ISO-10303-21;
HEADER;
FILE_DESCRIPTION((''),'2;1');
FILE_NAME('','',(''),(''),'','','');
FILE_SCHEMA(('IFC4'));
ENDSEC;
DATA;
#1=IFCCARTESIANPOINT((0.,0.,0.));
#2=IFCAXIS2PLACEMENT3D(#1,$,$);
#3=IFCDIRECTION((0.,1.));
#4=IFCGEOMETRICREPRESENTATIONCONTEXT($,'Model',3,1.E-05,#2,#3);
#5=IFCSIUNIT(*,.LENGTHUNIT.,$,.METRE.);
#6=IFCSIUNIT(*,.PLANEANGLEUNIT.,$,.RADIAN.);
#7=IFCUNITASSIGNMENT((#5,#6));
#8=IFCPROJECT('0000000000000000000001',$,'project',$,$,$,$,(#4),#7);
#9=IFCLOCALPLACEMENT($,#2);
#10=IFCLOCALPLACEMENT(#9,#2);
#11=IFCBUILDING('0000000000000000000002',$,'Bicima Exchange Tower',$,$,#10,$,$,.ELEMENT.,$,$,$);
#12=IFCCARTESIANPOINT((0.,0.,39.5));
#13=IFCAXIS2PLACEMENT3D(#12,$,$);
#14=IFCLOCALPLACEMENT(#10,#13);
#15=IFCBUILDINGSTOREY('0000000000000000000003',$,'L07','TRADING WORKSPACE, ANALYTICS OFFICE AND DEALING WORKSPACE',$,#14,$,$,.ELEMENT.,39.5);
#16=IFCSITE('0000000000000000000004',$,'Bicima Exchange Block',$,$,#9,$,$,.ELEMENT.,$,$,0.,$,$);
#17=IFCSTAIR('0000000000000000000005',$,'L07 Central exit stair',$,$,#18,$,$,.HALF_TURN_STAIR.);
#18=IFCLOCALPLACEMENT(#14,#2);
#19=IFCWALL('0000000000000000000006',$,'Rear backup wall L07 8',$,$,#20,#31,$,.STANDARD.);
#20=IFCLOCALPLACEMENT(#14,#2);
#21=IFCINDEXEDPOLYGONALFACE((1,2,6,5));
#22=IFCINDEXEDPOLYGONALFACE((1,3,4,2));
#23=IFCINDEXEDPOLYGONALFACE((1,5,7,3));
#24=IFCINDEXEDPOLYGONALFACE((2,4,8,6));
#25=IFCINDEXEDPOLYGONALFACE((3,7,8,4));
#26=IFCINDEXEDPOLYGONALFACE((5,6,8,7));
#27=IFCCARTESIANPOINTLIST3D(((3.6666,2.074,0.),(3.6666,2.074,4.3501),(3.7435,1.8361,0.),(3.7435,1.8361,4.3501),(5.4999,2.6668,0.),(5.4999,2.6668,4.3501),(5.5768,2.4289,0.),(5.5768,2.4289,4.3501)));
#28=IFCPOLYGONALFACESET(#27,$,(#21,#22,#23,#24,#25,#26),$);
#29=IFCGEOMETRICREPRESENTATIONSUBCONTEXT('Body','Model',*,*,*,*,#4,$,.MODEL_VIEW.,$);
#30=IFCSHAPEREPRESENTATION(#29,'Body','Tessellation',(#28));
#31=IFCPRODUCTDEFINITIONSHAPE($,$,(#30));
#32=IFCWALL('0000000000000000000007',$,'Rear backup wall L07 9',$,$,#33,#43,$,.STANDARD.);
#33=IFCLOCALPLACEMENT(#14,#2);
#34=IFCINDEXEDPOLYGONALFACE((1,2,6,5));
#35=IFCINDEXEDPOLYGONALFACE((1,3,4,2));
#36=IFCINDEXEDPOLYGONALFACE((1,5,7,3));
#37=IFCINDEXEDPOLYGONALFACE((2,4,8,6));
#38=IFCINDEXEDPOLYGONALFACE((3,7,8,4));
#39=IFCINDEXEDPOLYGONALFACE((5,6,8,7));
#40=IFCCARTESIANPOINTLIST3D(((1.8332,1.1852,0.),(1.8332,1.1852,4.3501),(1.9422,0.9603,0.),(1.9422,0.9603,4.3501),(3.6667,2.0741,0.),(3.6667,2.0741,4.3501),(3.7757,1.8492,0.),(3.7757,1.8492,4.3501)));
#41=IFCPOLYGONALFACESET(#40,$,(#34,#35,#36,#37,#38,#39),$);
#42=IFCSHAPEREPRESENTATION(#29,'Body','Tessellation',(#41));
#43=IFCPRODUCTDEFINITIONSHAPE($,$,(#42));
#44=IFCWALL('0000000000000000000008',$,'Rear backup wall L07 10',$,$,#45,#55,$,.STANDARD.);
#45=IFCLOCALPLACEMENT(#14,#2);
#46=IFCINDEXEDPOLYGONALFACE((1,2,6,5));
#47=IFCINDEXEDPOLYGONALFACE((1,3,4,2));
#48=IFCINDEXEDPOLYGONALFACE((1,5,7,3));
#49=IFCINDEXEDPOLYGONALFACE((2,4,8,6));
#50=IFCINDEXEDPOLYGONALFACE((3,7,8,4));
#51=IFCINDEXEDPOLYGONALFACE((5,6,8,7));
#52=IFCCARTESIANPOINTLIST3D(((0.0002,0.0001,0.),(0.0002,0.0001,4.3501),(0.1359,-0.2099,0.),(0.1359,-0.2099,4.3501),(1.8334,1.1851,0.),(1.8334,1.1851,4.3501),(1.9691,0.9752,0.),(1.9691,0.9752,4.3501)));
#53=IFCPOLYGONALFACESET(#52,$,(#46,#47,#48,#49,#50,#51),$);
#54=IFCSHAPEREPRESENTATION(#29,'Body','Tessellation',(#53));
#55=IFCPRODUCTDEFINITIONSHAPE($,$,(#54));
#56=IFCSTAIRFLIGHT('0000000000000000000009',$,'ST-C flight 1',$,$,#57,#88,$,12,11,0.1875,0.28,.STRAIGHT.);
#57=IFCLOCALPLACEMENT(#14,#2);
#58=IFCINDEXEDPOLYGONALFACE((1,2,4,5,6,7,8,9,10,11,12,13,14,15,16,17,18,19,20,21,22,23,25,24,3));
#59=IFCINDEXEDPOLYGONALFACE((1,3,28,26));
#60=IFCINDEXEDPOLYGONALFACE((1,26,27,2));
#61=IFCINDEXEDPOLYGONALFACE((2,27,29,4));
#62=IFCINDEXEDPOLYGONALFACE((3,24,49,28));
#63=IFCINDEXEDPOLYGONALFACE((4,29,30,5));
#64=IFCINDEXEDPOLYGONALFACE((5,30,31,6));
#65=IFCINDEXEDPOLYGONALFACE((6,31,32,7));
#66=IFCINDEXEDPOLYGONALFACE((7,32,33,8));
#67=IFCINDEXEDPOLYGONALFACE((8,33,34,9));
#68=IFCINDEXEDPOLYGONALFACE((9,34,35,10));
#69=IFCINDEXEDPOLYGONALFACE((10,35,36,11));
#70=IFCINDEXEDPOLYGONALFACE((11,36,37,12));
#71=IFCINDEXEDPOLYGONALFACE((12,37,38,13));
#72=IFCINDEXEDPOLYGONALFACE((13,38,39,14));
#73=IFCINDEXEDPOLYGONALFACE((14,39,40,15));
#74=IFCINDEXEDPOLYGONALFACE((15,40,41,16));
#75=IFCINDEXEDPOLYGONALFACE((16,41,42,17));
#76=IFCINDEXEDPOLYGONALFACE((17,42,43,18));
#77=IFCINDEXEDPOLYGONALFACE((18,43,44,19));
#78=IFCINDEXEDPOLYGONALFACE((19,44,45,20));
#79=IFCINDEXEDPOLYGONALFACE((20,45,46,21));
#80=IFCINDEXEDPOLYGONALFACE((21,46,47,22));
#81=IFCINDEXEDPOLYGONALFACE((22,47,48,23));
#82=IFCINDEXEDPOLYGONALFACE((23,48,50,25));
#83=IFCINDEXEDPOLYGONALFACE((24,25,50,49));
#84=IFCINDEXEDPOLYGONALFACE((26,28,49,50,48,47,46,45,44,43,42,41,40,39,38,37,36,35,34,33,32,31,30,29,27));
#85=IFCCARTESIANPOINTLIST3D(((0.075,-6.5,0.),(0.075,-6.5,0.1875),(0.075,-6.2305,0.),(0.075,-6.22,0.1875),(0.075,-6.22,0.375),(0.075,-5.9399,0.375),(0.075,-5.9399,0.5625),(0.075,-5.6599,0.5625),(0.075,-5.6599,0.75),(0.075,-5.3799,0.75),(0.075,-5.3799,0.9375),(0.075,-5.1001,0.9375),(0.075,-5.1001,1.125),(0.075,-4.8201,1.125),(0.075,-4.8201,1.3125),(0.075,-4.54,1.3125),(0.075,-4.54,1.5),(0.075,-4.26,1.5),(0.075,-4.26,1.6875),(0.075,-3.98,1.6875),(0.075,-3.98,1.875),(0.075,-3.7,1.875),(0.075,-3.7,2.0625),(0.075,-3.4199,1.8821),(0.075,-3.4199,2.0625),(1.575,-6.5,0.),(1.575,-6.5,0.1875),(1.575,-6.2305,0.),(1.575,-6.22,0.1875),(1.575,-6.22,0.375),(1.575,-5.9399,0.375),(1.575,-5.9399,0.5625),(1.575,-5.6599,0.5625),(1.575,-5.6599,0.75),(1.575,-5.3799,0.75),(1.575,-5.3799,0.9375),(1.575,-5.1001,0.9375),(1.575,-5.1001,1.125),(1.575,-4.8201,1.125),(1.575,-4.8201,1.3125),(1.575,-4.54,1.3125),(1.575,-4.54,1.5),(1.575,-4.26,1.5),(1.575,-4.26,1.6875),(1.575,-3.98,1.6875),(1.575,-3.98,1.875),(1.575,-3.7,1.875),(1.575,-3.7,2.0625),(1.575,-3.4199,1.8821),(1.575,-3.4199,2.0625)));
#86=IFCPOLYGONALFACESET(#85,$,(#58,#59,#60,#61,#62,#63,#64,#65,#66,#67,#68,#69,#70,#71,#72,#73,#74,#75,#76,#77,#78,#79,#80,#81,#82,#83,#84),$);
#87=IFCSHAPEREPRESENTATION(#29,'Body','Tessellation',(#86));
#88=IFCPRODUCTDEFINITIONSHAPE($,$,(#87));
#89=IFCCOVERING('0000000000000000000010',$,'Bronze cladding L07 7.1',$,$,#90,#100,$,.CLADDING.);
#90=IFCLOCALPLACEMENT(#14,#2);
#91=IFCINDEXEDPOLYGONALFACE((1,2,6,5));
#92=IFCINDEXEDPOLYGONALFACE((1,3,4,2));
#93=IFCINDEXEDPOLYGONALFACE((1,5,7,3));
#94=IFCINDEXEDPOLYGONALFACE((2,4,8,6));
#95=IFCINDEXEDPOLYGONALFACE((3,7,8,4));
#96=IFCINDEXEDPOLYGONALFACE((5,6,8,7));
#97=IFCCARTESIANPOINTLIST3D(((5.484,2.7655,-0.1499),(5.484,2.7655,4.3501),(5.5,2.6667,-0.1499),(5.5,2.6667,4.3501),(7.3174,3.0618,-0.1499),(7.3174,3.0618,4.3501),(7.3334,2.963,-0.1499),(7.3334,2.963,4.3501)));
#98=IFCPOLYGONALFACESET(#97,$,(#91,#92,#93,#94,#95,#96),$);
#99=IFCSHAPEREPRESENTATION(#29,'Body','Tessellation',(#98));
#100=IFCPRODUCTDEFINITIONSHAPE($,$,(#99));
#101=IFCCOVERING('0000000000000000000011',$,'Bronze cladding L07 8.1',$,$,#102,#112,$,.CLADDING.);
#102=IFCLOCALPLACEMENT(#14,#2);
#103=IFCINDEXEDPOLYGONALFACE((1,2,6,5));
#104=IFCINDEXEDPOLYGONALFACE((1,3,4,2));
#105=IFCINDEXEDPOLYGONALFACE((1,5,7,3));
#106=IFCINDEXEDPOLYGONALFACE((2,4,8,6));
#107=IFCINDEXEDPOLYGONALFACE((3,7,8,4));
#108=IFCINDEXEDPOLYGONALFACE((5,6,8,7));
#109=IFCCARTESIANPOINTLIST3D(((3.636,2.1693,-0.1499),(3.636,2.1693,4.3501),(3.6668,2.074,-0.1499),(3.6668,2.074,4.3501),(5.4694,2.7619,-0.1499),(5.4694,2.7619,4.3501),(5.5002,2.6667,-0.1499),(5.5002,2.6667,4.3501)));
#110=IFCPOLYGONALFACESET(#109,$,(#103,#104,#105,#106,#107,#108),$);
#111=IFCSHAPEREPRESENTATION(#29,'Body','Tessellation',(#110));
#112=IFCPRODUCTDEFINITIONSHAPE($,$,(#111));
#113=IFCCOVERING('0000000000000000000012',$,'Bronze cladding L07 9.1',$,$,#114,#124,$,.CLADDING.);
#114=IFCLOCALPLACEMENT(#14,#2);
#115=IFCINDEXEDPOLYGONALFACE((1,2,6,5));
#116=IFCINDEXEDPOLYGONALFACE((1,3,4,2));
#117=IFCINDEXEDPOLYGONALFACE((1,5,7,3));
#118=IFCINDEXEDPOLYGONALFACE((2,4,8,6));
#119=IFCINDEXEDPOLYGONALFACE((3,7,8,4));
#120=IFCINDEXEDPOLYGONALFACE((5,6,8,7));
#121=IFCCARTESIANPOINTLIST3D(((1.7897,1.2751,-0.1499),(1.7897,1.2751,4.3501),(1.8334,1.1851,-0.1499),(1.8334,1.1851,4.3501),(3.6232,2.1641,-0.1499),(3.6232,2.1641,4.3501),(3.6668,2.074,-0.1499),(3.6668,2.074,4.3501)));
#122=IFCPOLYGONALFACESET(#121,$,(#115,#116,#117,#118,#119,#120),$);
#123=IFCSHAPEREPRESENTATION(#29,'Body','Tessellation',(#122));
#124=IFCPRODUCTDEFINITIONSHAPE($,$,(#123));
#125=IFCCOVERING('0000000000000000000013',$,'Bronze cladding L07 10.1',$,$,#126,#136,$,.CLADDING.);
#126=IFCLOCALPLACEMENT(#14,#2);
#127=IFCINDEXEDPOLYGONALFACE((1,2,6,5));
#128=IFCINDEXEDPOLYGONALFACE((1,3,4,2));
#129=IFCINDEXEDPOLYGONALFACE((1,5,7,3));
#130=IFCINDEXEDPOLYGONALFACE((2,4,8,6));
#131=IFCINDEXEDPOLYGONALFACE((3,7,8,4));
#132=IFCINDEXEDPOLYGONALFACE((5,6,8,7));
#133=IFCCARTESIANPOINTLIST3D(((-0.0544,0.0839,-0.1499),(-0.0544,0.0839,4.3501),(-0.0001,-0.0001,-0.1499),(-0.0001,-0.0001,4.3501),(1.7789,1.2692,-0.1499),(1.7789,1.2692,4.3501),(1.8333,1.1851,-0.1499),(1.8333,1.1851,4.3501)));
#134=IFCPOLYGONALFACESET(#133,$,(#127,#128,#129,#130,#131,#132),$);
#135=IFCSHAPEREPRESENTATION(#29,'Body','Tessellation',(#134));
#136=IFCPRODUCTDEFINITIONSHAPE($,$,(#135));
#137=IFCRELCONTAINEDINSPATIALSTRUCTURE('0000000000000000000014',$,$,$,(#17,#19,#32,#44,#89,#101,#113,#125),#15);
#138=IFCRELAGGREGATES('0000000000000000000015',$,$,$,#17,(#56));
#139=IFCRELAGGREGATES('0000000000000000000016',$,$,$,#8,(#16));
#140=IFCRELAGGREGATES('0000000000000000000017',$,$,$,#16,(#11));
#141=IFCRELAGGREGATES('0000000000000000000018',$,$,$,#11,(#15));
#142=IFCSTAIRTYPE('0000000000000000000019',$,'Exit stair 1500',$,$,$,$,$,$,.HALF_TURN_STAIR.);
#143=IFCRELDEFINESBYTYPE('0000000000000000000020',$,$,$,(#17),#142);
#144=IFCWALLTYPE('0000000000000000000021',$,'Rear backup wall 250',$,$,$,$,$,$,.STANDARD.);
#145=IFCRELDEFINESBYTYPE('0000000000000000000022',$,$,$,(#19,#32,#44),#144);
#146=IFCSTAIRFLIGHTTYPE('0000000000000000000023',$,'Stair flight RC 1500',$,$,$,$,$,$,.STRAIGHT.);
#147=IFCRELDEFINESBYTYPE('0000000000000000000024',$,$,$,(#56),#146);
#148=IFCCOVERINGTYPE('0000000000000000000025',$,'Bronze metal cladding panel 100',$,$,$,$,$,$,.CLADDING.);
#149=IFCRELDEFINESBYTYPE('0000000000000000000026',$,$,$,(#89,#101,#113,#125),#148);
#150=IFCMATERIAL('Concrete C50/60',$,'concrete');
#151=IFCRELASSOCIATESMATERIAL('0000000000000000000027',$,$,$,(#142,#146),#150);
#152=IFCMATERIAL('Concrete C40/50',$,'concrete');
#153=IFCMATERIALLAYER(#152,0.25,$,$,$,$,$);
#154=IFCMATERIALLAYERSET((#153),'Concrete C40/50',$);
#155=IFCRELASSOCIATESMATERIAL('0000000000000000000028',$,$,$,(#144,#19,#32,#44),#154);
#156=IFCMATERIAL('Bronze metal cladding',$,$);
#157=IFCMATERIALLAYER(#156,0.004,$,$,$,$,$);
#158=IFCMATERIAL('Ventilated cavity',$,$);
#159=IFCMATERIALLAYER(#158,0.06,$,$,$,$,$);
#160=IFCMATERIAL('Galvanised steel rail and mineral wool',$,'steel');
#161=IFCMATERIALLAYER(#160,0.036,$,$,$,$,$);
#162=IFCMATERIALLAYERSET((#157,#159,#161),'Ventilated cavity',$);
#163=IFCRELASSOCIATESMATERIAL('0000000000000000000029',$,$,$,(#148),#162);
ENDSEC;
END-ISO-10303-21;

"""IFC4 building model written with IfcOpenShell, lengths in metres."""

from ifc_helpers import new_model, si_unit, direction, frame, frame_2d, origin, origin_2d, place, context, subcontext, project, spatial, polyline, rectangle, outline, extrude, material, layer, layer_set, layer_usage, type_object, element, aggregate, save


model = new_model("IFC4")

# Units and contexts
model_context = context("Model", 3, precision=1e-05, world=origin(), true_north=direction((0.0, 1.0)))
body_context = subcontext(model_context, "Body", "Model", "MODEL_VIEW")
ifc_project = project(units=[si_unit("LENGTHUNIT", "METRE"), si_unit("PLANEANGLEUNIT", "RADIAN")], contexts=[model_context])

# Site, building, storey
site_placement = place(None, origin())
site = spatial("IfcSite", under=ifc_project, at=site_placement, Name="Bicima Exchange Block", CompositionType="ELEMENT", RefElevation=0.0)
building_placement = place(site_placement, origin())
building = spatial("IfcBuilding", under=site, at=building_placement, Name="Bicima Exchange Tower", CompositionType="ELEMENT")
storey_placement = place(building_placement, frame((0.0, 0.0, 39.5)))
storey = spatial("IfcBuildingStorey", under=building, at=storey_placement, Name="L07", Description="TRADING WORKSPACE, ANALYTICS OFFICE AND DEALING WORKSPACE", CompositionType="ELEMENT", Elevation=39.5)

# Shared definitions
ifc_material_1 = material(Name="Concrete C40/50", Category="concrete")

# Stair
ifc_material_2 = material(Name="Concrete C50/60", Category="concrete")
stair_type_1 = type_object("IfcStairType", Name="Exit stair 1500", PredefinedType="HALF_TURN_STAIR", material=ifc_material_2)
stair_1_placement = place(storey_placement, origin())
stair_1 = element("IfcStair", 1, at=stair_1_placement, inside=storey, type_object=stair_type_1, Name="L07 Central exit stair", PredefinedType="HALF_TURN_STAIR")

# Walls
ifc_layer_1 = layer(ifc_material_1, 0.25)
ifc_layer_set_1 = layer_set([ifc_layer_1], Name="Concrete C40/50")
ifc_layer_usage = layer_usage(ifc_layer_set_1, "AXIS2", "POSITIVE", -0.125)
wall_type_1 = type_object("IfcWallType", Name="Rear backup wall 250", PredefinedType="STANDARD", material=ifc_layer_set_1)
wall_1_placement = place(storey_placement, frame((5.5383, 2.5479, 0.0), z_axis=(0.0, 0.0, 1.0), x_axis=(-0.951496, -0.307662, 0.0)))
element("IfcWall", 2, at=wall_1_placement, inside=storey, type_object=wall_type_1, material=ifc_layer_usage, Name="Rear backup wall L07 8", PredefinedType="STANDARD", context=body_context, shape_type="SweptSolid", body=[
    extrude(rectangle(XDim=1.9268, YDim=0.25, at=frame_2d((0.9634, 0.0))), origin(), (0.0, 0.0, 1.0), 4.3501),
])
wall_2_placement = place(storey_placement, frame((3.7212, 1.9617, 0.0), z_axis=(0.0, 0.0, 1.0), x_axis=(-0.899824, -0.436253, 0.0)))
element("IfcWall", 3, at=wall_2_placement, inside=storey, type_object=wall_type_1, material=ifc_layer_usage, Name="Rear backup wall L07 9", PredefinedType="STANDARD", context=body_context, shape_type="SweptSolid", body=[
    extrude(rectangle(XDim=2.0376, YDim=0.25, at=frame_2d((1.0188, 0.0))), origin(), (0.0, 0.0, 1.0), 4.3501),
])
wall_3_placement = place(storey_placement, frame((1.9011, 1.0801, 0.0), z_axis=(0.0, 0.0, 1.0), x_axis=(-0.839813, -0.542876, 0.0)))
element("IfcWall", 4, at=wall_3_placement, inside=storey, type_object=wall_type_1, material=ifc_layer_usage, Name="Rear backup wall L07 10", PredefinedType="STANDARD", context=body_context, shape_type="SweptSolid", body=[
    extrude(rectangle(XDim=2.1829, YDim=0.25, at=frame_2d((1.0913, 0.0))), origin(), (0.0, 0.0, 1.0), 4.3501),
])

# Stair flight
stair_flight_type = type_object("IfcStairFlightType", Name="Stair flight RC 1500", PredefinedType="STRAIGHT", material=ifc_material_2)
stair_flight_placement = place(storey_placement, frame((0.825, -6.5, 0.0), z_axis=(0.0, 0.0, 1.0), x_axis=(0.0, 1.0, 0.0)))
stair_flight = element("IfcStairFlight", 5, at=stair_flight_placement, type_object=stair_flight_type, Name="ST-C flight 1", NumberOfRisers=12, NumberOfTreads=11, PredefinedType="STRAIGHT", RiserHeight=0.1875, TreadLength=0.28, context=body_context, shape_type="SweptSolid", body=[
    extrude(outline(polyline([(0.0, 0.0), (0.0, 0.1875), (0.28, 0.1875), (0.28, 0.375), (0.5601, 0.375), (0.5601, 0.5625), (0.8401, 0.5625), (0.8401, 0.75), (1.1201, 0.75), (1.1201, 0.9375), (1.3999, 0.9375), (1.3999, 1.125), (1.6799, 1.125), (1.6799, 1.3125), (1.96, 1.3125), (1.96, 1.5), (2.24, 1.5), (2.24, 1.6875), (2.52, 1.6875), (2.52, 1.875), (2.8, 1.875), (2.8, 2.0625), (3.0801, 2.0625), (3.0801, 2.25), (3.0801, 1.8821), (0.2695, 0.0), (0.0, 0.0)])), frame((0.0, 0.75, 0.0), z_axis=(0.0, -1.0, 0.0), x_axis=(1.0, 0.0, 0.0)), (0.0, 0.0, 1.0), 1.5),
])
aggregate(stair_1, [stair_flight])

# Coverings
ifc_material_3 = material(Name="Bronze metal cladding")
ifc_layer_2 = layer(ifc_material_3, 0.004)
ifc_material_4 = material(Name="Ventilated cavity")
ifc_layer_3 = layer(ifc_material_4, 0.06)
ifc_material_5 = material(Name="Galvanised steel rail and mineral wool", Category="steel")
ifc_layer_4 = layer(ifc_material_5, 0.036)
ifc_layer_set_2 = layer_set([ifc_layer_2, ifc_layer_3, ifc_layer_4], Name="Ventilated cavity")
covering_type = type_object("IfcCoveringType", Name="Bronze metal cladding panel 100", PredefinedType="CLADDING", material=ifc_layer_set_2)
covering_1_placement = place(storey_placement, frame((6.4087, 2.8643, -0.1499), z_axis=(0.0, 0.0, 1.0), x_axis=(-0.98719, -0.15955, 0.0)))
element("IfcCovering", 6, at=covering_1_placement, inside=storey, type_object=covering_type, Name="Bronze cladding L07 7.1", PredefinedType="CLADDING", context=body_context, shape_type="SweptSolid", body=[
    extrude(rectangle(XDim=1.8572, YDim=0.1001, at=origin_2d()), origin(), (0.0, 0.0, 1.0), 4.5),
])
covering_2_placement = place(storey_placement, frame((4.5681, 2.418, -0.1499), z_axis=(0.0, 0.0, 1.0), x_axis=(-0.951525, -0.307573, 0.0)))
element("IfcCovering", 7, at=covering_2_placement, inside=storey, type_object=covering_type, Name="Bronze cladding L07 8.1", PredefinedType="CLADDING", context=body_context, shape_type="SweptSolid", body=[
    extrude(rectangle(XDim=1.9268, YDim=0.1001, at=origin_2d()), origin(), (0.0, 0.0, 1.0), 4.5),
])
covering_3_placement = place(storey_placement, frame((2.7283, 1.6746, -0.1499), z_axis=(0.0, 0.0, 1.0), x_axis=(-0.899818, -0.436265, 0.0)))
element("IfcCovering", 8, at=covering_3_placement, inside=storey, type_object=covering_type, Name="Bronze cladding L07 9.1", PredefinedType="CLADDING", context=body_context, shape_type="SweptSolid", body=[
    extrude(rectangle(XDim=2.0376, YDim=0.1001, at=origin_2d()), origin(), (0.0, 0.0, 1.0), 4.5),
])
covering_4_placement = place(storey_placement, frame((0.8894, 0.6345, -0.1499), z_axis=(0.0, 0.0, 1.0), x_axis=(-0.83979, -0.542911, 0.0)))
element("IfcCovering", 9, at=covering_4_placement, inside=storey, type_object=covering_type, Name="Bronze cladding L07 10.1", PredefinedType="CLADDING", context=body_context, shape_type="SweptSolid", body=[
    extrude(rectangle(XDim=2.1831, YDim=0.1001, at=origin_2d()), origin(), (0.0, 0.0, 1.0), 4.5),
])

save(model, "model.ifc")
